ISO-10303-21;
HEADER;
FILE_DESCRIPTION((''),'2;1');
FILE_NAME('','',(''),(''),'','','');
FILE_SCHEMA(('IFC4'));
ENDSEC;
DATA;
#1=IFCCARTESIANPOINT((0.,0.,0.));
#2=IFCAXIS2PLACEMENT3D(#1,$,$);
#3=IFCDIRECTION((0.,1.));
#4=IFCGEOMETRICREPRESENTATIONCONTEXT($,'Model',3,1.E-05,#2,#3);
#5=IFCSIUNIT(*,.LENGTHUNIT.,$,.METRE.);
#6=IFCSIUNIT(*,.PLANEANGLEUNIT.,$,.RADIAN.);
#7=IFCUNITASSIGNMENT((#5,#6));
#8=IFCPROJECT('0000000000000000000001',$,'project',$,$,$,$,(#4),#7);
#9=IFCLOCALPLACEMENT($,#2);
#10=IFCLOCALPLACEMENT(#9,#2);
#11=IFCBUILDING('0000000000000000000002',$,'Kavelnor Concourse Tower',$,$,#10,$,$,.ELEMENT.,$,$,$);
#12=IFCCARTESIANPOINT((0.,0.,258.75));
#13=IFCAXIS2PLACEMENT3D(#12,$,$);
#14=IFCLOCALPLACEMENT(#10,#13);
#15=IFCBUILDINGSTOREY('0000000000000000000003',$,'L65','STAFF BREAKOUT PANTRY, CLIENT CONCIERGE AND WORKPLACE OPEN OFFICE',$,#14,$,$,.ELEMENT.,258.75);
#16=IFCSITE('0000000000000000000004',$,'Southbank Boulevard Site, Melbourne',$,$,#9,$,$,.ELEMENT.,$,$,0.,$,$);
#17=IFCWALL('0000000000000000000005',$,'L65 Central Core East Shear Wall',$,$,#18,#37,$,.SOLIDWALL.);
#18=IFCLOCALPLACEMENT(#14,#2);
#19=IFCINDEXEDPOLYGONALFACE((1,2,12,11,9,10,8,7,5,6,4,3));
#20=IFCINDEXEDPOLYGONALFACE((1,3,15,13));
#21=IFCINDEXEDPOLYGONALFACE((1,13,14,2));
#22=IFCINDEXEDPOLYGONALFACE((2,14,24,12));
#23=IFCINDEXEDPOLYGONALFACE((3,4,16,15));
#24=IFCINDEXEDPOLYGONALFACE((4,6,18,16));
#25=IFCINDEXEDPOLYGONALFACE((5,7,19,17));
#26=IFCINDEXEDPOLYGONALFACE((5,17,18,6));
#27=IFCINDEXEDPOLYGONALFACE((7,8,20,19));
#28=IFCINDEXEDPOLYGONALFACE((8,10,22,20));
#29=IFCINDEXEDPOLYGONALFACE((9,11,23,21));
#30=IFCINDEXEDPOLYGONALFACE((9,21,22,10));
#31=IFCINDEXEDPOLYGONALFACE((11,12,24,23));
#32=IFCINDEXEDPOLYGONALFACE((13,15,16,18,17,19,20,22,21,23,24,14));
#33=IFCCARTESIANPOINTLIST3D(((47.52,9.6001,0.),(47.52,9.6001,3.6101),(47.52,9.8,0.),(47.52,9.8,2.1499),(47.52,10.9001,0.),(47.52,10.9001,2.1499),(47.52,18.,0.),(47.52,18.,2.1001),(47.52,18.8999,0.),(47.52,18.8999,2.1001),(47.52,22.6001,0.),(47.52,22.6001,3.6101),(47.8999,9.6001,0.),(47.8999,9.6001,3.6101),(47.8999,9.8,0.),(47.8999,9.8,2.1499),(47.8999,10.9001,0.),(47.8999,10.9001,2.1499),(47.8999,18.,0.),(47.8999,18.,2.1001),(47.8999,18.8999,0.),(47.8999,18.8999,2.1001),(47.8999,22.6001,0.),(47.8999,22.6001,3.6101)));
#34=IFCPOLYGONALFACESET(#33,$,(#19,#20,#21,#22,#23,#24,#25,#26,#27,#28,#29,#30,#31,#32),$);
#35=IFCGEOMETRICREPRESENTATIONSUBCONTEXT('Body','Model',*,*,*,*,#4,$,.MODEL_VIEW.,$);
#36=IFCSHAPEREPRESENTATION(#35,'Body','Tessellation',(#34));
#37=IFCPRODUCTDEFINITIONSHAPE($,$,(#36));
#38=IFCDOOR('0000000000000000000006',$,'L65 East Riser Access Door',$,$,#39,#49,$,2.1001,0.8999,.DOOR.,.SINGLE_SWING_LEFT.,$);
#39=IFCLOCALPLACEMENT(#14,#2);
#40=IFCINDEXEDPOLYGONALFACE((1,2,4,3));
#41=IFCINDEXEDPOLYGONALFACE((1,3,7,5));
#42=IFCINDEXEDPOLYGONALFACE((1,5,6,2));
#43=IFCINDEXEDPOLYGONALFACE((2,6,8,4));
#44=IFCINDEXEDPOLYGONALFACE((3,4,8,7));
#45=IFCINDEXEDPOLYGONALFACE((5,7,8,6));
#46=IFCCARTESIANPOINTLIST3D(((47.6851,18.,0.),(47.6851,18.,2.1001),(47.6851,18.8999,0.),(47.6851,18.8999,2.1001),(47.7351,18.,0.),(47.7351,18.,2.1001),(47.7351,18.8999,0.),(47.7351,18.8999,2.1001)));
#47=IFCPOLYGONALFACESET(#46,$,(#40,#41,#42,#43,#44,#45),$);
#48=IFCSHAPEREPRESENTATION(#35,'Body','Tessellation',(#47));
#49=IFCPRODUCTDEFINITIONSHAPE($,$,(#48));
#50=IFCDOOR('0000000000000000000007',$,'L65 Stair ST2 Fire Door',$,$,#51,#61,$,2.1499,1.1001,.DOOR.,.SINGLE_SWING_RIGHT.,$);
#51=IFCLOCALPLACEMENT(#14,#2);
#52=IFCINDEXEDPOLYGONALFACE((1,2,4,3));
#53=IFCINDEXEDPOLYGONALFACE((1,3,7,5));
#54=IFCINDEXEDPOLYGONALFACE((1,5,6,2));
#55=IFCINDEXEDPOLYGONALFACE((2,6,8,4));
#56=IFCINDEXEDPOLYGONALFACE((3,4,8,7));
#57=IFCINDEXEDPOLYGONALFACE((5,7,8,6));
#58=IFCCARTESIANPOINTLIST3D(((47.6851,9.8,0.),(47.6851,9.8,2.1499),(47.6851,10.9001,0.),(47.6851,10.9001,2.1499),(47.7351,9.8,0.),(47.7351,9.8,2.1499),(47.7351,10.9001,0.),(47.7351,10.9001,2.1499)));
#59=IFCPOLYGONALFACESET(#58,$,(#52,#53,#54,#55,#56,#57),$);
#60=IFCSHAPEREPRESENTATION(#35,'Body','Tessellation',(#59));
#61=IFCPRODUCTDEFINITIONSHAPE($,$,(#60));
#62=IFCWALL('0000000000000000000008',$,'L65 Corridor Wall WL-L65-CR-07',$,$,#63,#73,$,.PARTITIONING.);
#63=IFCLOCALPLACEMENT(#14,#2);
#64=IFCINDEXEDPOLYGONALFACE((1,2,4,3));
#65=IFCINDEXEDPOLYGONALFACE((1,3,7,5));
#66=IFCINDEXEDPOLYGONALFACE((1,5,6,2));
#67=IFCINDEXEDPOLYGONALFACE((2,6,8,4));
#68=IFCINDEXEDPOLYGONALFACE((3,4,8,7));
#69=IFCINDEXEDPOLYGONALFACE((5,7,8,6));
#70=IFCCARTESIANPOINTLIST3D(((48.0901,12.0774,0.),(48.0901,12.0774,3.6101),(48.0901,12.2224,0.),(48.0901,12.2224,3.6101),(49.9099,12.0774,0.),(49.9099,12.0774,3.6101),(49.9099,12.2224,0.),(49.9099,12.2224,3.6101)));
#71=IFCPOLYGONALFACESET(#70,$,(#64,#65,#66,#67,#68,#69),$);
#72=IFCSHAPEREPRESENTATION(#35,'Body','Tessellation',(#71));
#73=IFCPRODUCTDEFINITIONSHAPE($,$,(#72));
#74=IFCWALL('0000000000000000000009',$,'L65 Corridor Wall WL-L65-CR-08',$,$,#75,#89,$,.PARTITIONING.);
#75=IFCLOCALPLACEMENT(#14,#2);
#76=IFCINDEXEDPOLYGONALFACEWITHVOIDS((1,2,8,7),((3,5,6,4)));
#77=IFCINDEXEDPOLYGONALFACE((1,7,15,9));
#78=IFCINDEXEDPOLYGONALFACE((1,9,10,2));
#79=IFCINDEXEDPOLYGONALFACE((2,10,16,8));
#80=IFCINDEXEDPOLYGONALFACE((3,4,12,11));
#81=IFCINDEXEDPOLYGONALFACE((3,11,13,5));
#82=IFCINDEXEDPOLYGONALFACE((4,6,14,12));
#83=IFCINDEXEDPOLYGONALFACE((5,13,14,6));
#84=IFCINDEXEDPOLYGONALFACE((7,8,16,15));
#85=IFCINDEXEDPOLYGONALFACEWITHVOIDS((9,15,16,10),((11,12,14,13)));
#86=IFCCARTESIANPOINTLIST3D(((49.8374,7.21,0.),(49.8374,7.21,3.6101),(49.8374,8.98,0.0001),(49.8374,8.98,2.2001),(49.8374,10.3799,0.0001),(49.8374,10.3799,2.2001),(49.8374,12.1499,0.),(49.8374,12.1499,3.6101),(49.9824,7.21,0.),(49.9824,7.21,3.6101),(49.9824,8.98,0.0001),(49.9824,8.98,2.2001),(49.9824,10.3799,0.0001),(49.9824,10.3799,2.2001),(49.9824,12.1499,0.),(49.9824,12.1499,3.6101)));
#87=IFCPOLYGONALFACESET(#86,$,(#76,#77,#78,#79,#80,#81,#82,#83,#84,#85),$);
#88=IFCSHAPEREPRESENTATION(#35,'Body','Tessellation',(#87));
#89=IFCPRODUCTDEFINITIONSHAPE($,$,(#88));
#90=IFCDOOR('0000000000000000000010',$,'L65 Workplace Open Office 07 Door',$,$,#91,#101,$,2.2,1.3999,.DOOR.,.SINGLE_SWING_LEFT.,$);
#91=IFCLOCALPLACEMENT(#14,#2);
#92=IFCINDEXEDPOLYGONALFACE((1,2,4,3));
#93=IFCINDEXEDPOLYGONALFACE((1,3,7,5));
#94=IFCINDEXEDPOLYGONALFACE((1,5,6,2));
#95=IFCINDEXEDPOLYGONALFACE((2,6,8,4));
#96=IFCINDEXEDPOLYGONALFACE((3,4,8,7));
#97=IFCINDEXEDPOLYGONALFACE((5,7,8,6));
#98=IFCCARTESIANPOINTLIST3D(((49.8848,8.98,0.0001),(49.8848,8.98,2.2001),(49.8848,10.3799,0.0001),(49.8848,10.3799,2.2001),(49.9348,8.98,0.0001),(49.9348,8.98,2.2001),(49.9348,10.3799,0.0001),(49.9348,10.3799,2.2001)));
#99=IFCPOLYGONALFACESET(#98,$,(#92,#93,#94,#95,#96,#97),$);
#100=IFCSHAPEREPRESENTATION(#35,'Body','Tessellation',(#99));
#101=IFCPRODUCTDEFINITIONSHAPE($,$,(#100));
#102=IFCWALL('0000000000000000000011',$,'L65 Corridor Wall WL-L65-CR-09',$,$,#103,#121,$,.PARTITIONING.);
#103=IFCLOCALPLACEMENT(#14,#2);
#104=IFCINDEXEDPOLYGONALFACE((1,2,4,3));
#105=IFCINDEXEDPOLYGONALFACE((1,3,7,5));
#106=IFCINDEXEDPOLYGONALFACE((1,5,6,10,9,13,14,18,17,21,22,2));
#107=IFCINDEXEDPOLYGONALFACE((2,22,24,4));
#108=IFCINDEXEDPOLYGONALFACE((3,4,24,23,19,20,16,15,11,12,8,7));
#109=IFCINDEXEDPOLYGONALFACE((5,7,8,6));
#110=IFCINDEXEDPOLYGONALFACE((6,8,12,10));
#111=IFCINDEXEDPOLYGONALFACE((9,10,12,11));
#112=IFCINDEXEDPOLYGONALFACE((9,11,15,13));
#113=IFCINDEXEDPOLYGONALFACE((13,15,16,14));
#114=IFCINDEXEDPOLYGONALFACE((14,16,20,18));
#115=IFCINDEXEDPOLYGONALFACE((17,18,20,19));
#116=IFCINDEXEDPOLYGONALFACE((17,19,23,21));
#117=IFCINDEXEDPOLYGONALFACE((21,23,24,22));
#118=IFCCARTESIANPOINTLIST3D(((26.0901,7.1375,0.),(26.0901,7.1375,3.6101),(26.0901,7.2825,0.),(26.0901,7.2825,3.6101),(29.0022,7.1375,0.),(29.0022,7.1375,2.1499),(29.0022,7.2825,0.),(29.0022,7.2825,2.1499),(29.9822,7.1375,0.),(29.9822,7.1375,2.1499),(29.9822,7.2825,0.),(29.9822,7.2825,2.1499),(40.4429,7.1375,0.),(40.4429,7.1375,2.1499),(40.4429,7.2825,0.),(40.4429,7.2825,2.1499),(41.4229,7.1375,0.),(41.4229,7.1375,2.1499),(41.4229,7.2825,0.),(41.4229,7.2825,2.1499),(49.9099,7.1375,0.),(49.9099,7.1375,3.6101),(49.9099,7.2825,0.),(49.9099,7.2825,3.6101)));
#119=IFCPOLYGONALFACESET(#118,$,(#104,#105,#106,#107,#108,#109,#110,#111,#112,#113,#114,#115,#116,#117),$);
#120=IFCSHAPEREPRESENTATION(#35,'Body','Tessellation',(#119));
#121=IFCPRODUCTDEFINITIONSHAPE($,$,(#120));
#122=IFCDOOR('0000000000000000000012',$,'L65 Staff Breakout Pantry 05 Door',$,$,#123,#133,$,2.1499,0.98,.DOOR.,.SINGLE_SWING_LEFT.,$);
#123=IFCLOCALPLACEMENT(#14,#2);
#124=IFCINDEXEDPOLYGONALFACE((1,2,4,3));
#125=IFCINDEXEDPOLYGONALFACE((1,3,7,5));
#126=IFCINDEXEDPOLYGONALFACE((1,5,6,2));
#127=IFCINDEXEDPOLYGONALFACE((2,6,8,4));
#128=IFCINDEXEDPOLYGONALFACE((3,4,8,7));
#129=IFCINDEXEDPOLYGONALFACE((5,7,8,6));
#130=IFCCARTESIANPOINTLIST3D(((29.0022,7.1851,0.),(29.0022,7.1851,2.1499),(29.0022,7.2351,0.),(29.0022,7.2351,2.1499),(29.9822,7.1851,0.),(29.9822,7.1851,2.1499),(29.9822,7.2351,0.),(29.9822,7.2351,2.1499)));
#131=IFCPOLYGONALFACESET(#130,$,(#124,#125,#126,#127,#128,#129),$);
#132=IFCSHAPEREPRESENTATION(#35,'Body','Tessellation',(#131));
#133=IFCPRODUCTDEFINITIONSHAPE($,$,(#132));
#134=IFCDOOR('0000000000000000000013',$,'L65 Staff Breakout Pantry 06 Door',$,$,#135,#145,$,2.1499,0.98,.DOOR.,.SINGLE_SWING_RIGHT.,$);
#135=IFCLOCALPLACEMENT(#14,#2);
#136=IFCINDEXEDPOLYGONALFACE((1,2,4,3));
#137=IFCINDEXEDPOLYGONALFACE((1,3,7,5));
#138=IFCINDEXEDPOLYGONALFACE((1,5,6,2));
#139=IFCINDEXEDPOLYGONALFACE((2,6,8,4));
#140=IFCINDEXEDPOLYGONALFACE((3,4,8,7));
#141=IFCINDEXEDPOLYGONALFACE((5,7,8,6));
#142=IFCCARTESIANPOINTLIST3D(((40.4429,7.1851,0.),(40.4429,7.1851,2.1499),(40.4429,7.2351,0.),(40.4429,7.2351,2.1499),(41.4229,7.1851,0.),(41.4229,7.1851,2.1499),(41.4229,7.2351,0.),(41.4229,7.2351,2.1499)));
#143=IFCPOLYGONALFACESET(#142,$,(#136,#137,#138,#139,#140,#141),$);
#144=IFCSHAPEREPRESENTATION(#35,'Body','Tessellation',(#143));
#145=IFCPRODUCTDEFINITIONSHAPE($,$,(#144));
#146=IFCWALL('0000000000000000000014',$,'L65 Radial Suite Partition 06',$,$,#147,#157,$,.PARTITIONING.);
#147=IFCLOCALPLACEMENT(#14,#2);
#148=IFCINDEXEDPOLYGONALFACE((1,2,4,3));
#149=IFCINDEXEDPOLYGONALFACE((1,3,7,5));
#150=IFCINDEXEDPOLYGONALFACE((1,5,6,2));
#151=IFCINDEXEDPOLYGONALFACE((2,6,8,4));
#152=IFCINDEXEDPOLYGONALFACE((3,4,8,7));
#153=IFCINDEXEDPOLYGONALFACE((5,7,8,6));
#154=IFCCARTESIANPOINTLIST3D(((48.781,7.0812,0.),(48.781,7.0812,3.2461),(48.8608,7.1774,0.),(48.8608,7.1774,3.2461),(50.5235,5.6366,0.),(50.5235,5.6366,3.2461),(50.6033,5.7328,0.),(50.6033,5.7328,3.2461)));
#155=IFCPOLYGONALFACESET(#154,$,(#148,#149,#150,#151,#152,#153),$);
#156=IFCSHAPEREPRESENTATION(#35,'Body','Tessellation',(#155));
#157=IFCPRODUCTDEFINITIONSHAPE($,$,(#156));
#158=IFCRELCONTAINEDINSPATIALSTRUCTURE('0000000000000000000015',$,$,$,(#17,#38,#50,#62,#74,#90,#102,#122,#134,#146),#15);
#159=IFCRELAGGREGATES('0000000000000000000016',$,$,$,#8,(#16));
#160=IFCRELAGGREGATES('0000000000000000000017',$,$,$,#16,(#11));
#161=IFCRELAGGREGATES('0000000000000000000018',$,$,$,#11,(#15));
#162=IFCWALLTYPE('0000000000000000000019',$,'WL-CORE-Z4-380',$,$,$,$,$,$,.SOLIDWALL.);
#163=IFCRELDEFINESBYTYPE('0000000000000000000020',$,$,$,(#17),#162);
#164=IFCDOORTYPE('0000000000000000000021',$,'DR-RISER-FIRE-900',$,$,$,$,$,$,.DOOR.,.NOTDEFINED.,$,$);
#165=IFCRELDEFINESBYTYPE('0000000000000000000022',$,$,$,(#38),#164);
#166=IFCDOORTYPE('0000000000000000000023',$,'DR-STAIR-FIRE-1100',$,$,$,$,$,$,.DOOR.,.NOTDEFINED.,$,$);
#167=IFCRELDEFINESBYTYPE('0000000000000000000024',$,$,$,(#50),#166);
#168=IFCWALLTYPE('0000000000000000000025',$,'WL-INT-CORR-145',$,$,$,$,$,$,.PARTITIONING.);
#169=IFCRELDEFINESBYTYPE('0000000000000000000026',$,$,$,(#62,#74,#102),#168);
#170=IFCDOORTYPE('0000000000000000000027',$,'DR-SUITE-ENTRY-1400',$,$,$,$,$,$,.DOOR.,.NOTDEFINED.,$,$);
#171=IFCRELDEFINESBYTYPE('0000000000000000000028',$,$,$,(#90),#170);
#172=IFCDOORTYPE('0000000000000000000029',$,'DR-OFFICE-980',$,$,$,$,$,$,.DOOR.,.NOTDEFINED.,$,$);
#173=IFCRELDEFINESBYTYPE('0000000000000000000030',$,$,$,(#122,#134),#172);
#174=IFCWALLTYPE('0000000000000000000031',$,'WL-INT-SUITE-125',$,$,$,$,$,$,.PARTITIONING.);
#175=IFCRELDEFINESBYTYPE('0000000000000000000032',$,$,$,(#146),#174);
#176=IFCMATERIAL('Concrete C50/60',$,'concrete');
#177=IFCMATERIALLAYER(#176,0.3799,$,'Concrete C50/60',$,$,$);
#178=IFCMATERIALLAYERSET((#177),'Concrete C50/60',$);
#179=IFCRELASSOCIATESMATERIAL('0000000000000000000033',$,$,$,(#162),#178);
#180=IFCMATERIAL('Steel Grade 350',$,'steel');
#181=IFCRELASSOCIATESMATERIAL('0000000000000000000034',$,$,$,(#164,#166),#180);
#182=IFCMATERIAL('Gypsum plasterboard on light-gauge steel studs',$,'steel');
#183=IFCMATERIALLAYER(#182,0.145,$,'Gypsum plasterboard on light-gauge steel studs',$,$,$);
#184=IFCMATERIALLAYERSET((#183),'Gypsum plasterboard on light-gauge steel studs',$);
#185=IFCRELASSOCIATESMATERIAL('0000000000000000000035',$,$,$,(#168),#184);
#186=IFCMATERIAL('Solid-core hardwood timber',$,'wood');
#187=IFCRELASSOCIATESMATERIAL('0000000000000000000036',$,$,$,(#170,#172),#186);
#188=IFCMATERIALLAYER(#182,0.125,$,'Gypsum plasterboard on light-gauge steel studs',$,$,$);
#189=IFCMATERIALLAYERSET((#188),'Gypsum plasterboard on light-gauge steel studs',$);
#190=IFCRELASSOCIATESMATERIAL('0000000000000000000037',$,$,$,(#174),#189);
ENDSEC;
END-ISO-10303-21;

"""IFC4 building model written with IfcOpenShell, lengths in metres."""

from ifc_helpers import new_model, si_unit, direction, frame, frame_2d, origin, place, context, subcontext, project, spatial, rectangle, extrude, material, layer, layer_set, type_object, element, fill, save


model = new_model("IFC4")

# Units and contexts
model_context = context("Model", 3, precision=1e-05, world=origin(), true_north=direction((0.0, 1.0)))
body_context = subcontext(model_context, "Body", "Model", "MODEL_VIEW")
ifc_project = project(units=[si_unit("LENGTHUNIT", "METRE"), si_unit("PLANEANGLEUNIT", "RADIAN")], contexts=[model_context])

# Site, building, storey
site_placement = place(None, origin())
site = spatial("IfcSite", under=ifc_project, at=site_placement, Name="Southbank Boulevard Site, Melbourne", CompositionType="ELEMENT", RefElevation=0.0)
building_placement = place(site_placement, origin())
building = spatial("IfcBuilding", under=site, at=building_placement, Name="Kavelnor Concourse Tower", CompositionType="ELEMENT")
storey_placement = place(building_placement, frame((0.0, 0.0, 258.75)))
storey = spatial("IfcBuildingStorey", under=building, at=storey_placement, Name="L65", Description="STAFF BREAKOUT PANTRY, CLIENT CONCIERGE AND WORKPLACE OPEN OFFICE", CompositionType="ELEMENT", Elevation=258.75)

# Shared definitions
ifc_material_1 = material(Name="Steel Grade 350", Category="steel")

# Wall, openings, doors
ifc_material_2 = material(Name="Concrete C50/60", Category="concrete")
ifc_layer_1 = layer(ifc_material_2, 0.3799, Name="Concrete C50/60")
ifc_layer_set_1 = layer_set([ifc_layer_1], Name="Concrete C50/60")
wall_type_1 = type_object("IfcWallType", Name="WL-CORE-Z4-380", PredefinedType="SOLIDWALL", material=ifc_layer_set_1)
wall_1_placement = place(storey_placement, frame((47.71, 9.6001, 0.0), z_axis=(0.0, 0.0, 1.0), x_axis=(0.0, 1.0, 0.0)))
wall_1 = element("IfcWall", 1, at=wall_1_placement, inside=storey, type_object=wall_type_1, Name="L65 Central Core East Shear Wall", PredefinedType="SOLIDWALL", context=body_context, shape_type="SweptSolid", body=[
    extrude(rectangle(XDim=13.0, YDim=0.3799, at=frame_2d((6.5, 0.0))), origin(), (0.0, 0.0, 1.0), 3.6101),
])
opening_1_placement = place(wall_1_placement, frame((0.2, 0.0, 0.0)))
opening_1 = element("IfcOpeningElement", 2, at=opening_1_placement, cuts=wall_1, PredefinedType="OPENING", context=body_context, shape_type="SweptSolid", body=[
    extrude(rectangle(XDim=1.1001, YDim=2.1499, at=frame_2d((0.55, 1.075))), frame((0.0, 0.2, 0.0), z_axis=(0.0, -1.0, 0.0), x_axis=(1.0, 0.0, 0.0)), (0.0, 0.0, 1.0), 0.3999),
])
opening_2_placement = place(wall_1_placement, frame((8.3999, 0.0, 0.0)))
opening_2 = element("IfcOpeningElement", 3, at=opening_2_placement, cuts=wall_1, PredefinedType="OPENING", context=body_context, shape_type="SweptSolid", body=[
    extrude(rectangle(XDim=0.8999, YDim=2.1001, at=frame_2d((0.45, 1.05))), frame((0.0, 0.2, 0.0), z_axis=(0.0, -1.0, 0.0), x_axis=(1.0, 0.0, 0.0)), (0.0, 0.0, 1.0), 0.3999),
])
door_type_1 = type_object("IfcDoorType", Name="DR-RISER-FIRE-900", OperationType="NOTDEFINED", PredefinedType="DOOR", material=ifc_material_1)
door_1_placement = place(opening_2_placement, origin())
door_1 = element("IfcDoor", 4, at=door_1_placement, inside=storey, type_object=door_type_1, Name="L65 East Riser Access Door", OperationType="SINGLE_SWING_LEFT", OverallHeight=2.1001, OverallWidth=0.8999, PredefinedType="DOOR", context=body_context, shape_type="SweptSolid", body=[
    extrude(rectangle(XDim=0.8999, YDim=2.1001, at=frame_2d((0.45, 1.05))), frame((0.0, 0.0249, 0.0), z_axis=(0.0, -1.0, 0.0), x_axis=(1.0, 0.0, 0.0)), (0.0, 0.0, 1.0), 0.05),
])
fill(opening_2, door_1)
door_type_2 = type_object("IfcDoorType", Name="DR-STAIR-FIRE-1100", OperationType="NOTDEFINED", PredefinedType="DOOR", material=ifc_material_1)
door_2_placement = place(opening_1_placement, origin())
door_2 = element("IfcDoor", 5, at=door_2_placement, inside=storey, type_object=door_type_2, Name="L65 Stair ST2 Fire Door", OperationType="SINGLE_SWING_RIGHT", OverallHeight=2.1499, OverallWidth=1.1001, PredefinedType="DOOR", context=body_context, shape_type="SweptSolid", body=[
    extrude(rectangle(XDim=1.1001, YDim=2.1499, at=frame_2d((0.55, 1.075))), frame((0.0, 0.0249, 0.0), z_axis=(0.0, -1.0, 0.0), x_axis=(1.0, 0.0, 0.0)), (0.0, 0.0, 1.0), 0.05),
])
fill(opening_1, door_2)

# Wall
ifc_material_3 = material(Name="Gypsum plasterboard on light-gauge steel studs", Category="steel")
ifc_layer_2 = layer(ifc_material_3, 0.145, Name="Gypsum plasterboard on light-gauge steel studs")
ifc_layer_set_2 = layer_set([ifc_layer_2], Name="Gypsum plasterboard on light-gauge steel studs")
wall_type_2 = type_object("IfcWallType", Name="WL-INT-CORR-145", PredefinedType="PARTITIONING", material=ifc_layer_set_2)
wall_2_placement = place(storey_placement, frame((48.0901, 12.1499, 0.0), z_axis=(0.0, 0.0, 1.0), x_axis=(1.0, 0.0, 0.0)))
element("IfcWall", 6, at=wall_2_placement, inside=storey, type_object=wall_type_2, Name="L65 Corridor Wall WL-L65-CR-07", PredefinedType="PARTITIONING", context=body_context, shape_type="SweptSolid", body=[
    extrude(rectangle(XDim=1.8198, YDim=0.145, at=frame_2d((0.9099, 0.0))), origin(), (0.0, 0.0, 1.0), 3.6101),
])

# Wall, opening, door
wall_3_placement = place(storey_placement, frame((49.9099, 12.1499, 0.0), z_axis=(0.0, 0.0, 1.0), x_axis=(0.0, -1.0, 0.0)))
wall_3 = element("IfcWall", 7, at=wall_3_placement, inside=storey, type_object=wall_type_2, Name="L65 Corridor Wall WL-L65-CR-08", PredefinedType="PARTITIONING", context=body_context, shape_type="SweptSolid", body=[
    extrude(rectangle(XDim=4.9399, YDim=0.145, at=frame_2d((2.47, 0.0))), origin(), (0.0, 0.0, 1.0), 3.6101),
])
opening_3_placement = place(wall_3_placement, frame((1.77, 0.0, 0.0)))
opening_3 = element("IfcOpeningElement", 8, at=opening_3_placement, cuts=wall_3, PredefinedType="OPENING", context=body_context, shape_type="SweptSolid", body=[
    extrude(rectangle(XDim=1.3999, YDim=2.2, at=frame_2d((0.7, 1.1001))), frame((0.0, 0.0825, 0.0), z_axis=(0.0, -1.0, 0.0), x_axis=(1.0, 0.0, 0.0)), (0.0, 0.0, 1.0), 0.165),
])
ifc_material_4 = material(Name="Solid-core hardwood timber", Category="wood")
door_type_3 = type_object("IfcDoorType", Name="DR-SUITE-ENTRY-1400", OperationType="NOTDEFINED", PredefinedType="DOOR", material=ifc_material_4)
door_3_placement = place(opening_3_placement, origin())
door_3 = element("IfcDoor", 9, at=door_3_placement, inside=storey, type_object=door_type_3, Name="L65 Workplace Open Office 07 Door", OperationType="SINGLE_SWING_LEFT", OverallHeight=2.2, OverallWidth=1.3999, PredefinedType="DOOR", context=body_context, shape_type="SweptSolid", body=[
    extrude(rectangle(XDim=1.3999, YDim=2.2, at=frame_2d((0.7, 1.1001))), frame((0.0, 0.0249, 0.0), z_axis=(0.0, -1.0, 0.0), x_axis=(1.0, 0.0, 0.0)), (0.0, 0.0, 1.0), 0.05),
])
fill(opening_3, door_3)

# Wall, openings, doors
wall_4_placement = place(storey_placement, frame((49.9099, 7.21, 0.0), z_axis=(0.0, 0.0, 1.0), x_axis=(-1.0, 0.0, 0.0)))
wall_4 = element("IfcWall", 10, at=wall_4_placement, inside=storey, type_object=wall_type_2, Name="L65 Corridor Wall WL-L65-CR-09", PredefinedType="PARTITIONING", context=body_context, shape_type="SweptSolid", body=[
    extrude(rectangle(XDim=23.8198, YDim=0.145, at=frame_2d((11.9099, 0.0))), origin(), (0.0, 0.0, 1.0), 3.6101),
])
opening_4_placement = place(wall_4_placement, frame((19.9277, 0.0, 0.0)))
opening_4 = element("IfcOpeningElement", 11, at=opening_4_placement, cuts=wall_4, PredefinedType="OPENING", context=body_context, shape_type="SweptSolid", body=[
    extrude(rectangle(XDim=0.98, YDim=2.1499, at=frame_2d((0.49, 1.075))), frame((0.0, 0.0825, 0.0), z_axis=(0.0, -1.0, 0.0), x_axis=(1.0, 0.0, 0.0)), (0.0, 0.0, 1.0), 0.165),
])
opening_5_placement = place(wall_4_placement, frame((8.4871, 0.0, 0.0)))
opening_5 = element("IfcOpeningElement", 12, at=opening_5_placement, cuts=wall_4, PredefinedType="OPENING", context=body_context, shape_type="SweptSolid", body=[
    extrude(rectangle(XDim=0.98, YDim=2.1499, at=frame_2d((0.49, 1.075))), frame((0.0, 0.0825, 0.0), z_axis=(0.0, -1.0, 0.0), x_axis=(1.0, 0.0, 0.0)), (0.0, 0.0, 1.0), 0.165),
])
door_type_4 = type_object("IfcDoorType", Name="DR-OFFICE-980", OperationType="NOTDEFINED", PredefinedType="DOOR", material=ifc_material_4)
door_4_placement = place(opening_4_placement, origin())
door_4 = element("IfcDoor", 13, at=door_4_placement, inside=storey, type_object=door_type_4, Name="L65 Staff Breakout Pantry 05 Door", OperationType="SINGLE_SWING_LEFT", OverallHeight=2.1499, OverallWidth=0.98, PredefinedType="DOOR", context=body_context, shape_type="SweptSolid", body=[
    extrude(rectangle(XDim=0.98, YDim=2.1499, at=frame_2d((0.49, 1.075))), frame((0.0, 0.0249, 0.0), z_axis=(0.0, -1.0, 0.0), x_axis=(1.0, 0.0, 0.0)), (0.0, 0.0, 1.0), 0.05),
])
fill(opening_4, door_4)
door_5_placement = place(opening_5_placement, origin())
door_5 = element("IfcDoor", 14, at=door_5_placement, inside=storey, type_object=door_type_4, Name="L65 Staff Breakout Pantry 06 Door", OperationType="SINGLE_SWING_RIGHT", OverallHeight=2.1499, OverallWidth=0.98, PredefinedType="DOOR", context=body_context, shape_type="SweptSolid", body=[
    extrude(rectangle(XDim=0.98, YDim=2.1499, at=frame_2d((0.49, 1.075))), frame((0.0, 0.0249, 0.0), z_axis=(0.0, -1.0, 0.0), x_axis=(1.0, 0.0, 0.0)), (0.0, 0.0, 1.0), 0.05),
])
fill(opening_5, door_5)

# Wall
ifc_layer_3 = layer(ifc_material_3, 0.125, Name="Gypsum plasterboard on light-gauge steel studs")
ifc_layer_set_3 = layer_set([ifc_layer_3], Name="Gypsum plasterboard on light-gauge steel studs")
wall_type_3 = type_object("IfcWallType", Name="WL-INT-SUITE-125", PredefinedType="PARTITIONING", material=ifc_layer_set_3)
wall_5_placement = place(storey_placement, frame((48.8208, 7.1294, 0.0), z_axis=(0.0, 0.0, 1.0), x_axis=(0.769837, -0.638241, 0.0)))
element("IfcWall", 15, at=wall_5_placement, inside=storey, type_object=wall_type_3, Name="L65 Radial Suite Partition 06", PredefinedType="PARTITIONING", context=body_context, shape_type="SweptSolid", body=[
    extrude(rectangle(XDim=2.2634, YDim=0.125, at=frame_2d((1.1318, 0.0))), origin(), (0.0, 0.0, 1.0), 3.2461),
])

save(model, "model.ifc")
